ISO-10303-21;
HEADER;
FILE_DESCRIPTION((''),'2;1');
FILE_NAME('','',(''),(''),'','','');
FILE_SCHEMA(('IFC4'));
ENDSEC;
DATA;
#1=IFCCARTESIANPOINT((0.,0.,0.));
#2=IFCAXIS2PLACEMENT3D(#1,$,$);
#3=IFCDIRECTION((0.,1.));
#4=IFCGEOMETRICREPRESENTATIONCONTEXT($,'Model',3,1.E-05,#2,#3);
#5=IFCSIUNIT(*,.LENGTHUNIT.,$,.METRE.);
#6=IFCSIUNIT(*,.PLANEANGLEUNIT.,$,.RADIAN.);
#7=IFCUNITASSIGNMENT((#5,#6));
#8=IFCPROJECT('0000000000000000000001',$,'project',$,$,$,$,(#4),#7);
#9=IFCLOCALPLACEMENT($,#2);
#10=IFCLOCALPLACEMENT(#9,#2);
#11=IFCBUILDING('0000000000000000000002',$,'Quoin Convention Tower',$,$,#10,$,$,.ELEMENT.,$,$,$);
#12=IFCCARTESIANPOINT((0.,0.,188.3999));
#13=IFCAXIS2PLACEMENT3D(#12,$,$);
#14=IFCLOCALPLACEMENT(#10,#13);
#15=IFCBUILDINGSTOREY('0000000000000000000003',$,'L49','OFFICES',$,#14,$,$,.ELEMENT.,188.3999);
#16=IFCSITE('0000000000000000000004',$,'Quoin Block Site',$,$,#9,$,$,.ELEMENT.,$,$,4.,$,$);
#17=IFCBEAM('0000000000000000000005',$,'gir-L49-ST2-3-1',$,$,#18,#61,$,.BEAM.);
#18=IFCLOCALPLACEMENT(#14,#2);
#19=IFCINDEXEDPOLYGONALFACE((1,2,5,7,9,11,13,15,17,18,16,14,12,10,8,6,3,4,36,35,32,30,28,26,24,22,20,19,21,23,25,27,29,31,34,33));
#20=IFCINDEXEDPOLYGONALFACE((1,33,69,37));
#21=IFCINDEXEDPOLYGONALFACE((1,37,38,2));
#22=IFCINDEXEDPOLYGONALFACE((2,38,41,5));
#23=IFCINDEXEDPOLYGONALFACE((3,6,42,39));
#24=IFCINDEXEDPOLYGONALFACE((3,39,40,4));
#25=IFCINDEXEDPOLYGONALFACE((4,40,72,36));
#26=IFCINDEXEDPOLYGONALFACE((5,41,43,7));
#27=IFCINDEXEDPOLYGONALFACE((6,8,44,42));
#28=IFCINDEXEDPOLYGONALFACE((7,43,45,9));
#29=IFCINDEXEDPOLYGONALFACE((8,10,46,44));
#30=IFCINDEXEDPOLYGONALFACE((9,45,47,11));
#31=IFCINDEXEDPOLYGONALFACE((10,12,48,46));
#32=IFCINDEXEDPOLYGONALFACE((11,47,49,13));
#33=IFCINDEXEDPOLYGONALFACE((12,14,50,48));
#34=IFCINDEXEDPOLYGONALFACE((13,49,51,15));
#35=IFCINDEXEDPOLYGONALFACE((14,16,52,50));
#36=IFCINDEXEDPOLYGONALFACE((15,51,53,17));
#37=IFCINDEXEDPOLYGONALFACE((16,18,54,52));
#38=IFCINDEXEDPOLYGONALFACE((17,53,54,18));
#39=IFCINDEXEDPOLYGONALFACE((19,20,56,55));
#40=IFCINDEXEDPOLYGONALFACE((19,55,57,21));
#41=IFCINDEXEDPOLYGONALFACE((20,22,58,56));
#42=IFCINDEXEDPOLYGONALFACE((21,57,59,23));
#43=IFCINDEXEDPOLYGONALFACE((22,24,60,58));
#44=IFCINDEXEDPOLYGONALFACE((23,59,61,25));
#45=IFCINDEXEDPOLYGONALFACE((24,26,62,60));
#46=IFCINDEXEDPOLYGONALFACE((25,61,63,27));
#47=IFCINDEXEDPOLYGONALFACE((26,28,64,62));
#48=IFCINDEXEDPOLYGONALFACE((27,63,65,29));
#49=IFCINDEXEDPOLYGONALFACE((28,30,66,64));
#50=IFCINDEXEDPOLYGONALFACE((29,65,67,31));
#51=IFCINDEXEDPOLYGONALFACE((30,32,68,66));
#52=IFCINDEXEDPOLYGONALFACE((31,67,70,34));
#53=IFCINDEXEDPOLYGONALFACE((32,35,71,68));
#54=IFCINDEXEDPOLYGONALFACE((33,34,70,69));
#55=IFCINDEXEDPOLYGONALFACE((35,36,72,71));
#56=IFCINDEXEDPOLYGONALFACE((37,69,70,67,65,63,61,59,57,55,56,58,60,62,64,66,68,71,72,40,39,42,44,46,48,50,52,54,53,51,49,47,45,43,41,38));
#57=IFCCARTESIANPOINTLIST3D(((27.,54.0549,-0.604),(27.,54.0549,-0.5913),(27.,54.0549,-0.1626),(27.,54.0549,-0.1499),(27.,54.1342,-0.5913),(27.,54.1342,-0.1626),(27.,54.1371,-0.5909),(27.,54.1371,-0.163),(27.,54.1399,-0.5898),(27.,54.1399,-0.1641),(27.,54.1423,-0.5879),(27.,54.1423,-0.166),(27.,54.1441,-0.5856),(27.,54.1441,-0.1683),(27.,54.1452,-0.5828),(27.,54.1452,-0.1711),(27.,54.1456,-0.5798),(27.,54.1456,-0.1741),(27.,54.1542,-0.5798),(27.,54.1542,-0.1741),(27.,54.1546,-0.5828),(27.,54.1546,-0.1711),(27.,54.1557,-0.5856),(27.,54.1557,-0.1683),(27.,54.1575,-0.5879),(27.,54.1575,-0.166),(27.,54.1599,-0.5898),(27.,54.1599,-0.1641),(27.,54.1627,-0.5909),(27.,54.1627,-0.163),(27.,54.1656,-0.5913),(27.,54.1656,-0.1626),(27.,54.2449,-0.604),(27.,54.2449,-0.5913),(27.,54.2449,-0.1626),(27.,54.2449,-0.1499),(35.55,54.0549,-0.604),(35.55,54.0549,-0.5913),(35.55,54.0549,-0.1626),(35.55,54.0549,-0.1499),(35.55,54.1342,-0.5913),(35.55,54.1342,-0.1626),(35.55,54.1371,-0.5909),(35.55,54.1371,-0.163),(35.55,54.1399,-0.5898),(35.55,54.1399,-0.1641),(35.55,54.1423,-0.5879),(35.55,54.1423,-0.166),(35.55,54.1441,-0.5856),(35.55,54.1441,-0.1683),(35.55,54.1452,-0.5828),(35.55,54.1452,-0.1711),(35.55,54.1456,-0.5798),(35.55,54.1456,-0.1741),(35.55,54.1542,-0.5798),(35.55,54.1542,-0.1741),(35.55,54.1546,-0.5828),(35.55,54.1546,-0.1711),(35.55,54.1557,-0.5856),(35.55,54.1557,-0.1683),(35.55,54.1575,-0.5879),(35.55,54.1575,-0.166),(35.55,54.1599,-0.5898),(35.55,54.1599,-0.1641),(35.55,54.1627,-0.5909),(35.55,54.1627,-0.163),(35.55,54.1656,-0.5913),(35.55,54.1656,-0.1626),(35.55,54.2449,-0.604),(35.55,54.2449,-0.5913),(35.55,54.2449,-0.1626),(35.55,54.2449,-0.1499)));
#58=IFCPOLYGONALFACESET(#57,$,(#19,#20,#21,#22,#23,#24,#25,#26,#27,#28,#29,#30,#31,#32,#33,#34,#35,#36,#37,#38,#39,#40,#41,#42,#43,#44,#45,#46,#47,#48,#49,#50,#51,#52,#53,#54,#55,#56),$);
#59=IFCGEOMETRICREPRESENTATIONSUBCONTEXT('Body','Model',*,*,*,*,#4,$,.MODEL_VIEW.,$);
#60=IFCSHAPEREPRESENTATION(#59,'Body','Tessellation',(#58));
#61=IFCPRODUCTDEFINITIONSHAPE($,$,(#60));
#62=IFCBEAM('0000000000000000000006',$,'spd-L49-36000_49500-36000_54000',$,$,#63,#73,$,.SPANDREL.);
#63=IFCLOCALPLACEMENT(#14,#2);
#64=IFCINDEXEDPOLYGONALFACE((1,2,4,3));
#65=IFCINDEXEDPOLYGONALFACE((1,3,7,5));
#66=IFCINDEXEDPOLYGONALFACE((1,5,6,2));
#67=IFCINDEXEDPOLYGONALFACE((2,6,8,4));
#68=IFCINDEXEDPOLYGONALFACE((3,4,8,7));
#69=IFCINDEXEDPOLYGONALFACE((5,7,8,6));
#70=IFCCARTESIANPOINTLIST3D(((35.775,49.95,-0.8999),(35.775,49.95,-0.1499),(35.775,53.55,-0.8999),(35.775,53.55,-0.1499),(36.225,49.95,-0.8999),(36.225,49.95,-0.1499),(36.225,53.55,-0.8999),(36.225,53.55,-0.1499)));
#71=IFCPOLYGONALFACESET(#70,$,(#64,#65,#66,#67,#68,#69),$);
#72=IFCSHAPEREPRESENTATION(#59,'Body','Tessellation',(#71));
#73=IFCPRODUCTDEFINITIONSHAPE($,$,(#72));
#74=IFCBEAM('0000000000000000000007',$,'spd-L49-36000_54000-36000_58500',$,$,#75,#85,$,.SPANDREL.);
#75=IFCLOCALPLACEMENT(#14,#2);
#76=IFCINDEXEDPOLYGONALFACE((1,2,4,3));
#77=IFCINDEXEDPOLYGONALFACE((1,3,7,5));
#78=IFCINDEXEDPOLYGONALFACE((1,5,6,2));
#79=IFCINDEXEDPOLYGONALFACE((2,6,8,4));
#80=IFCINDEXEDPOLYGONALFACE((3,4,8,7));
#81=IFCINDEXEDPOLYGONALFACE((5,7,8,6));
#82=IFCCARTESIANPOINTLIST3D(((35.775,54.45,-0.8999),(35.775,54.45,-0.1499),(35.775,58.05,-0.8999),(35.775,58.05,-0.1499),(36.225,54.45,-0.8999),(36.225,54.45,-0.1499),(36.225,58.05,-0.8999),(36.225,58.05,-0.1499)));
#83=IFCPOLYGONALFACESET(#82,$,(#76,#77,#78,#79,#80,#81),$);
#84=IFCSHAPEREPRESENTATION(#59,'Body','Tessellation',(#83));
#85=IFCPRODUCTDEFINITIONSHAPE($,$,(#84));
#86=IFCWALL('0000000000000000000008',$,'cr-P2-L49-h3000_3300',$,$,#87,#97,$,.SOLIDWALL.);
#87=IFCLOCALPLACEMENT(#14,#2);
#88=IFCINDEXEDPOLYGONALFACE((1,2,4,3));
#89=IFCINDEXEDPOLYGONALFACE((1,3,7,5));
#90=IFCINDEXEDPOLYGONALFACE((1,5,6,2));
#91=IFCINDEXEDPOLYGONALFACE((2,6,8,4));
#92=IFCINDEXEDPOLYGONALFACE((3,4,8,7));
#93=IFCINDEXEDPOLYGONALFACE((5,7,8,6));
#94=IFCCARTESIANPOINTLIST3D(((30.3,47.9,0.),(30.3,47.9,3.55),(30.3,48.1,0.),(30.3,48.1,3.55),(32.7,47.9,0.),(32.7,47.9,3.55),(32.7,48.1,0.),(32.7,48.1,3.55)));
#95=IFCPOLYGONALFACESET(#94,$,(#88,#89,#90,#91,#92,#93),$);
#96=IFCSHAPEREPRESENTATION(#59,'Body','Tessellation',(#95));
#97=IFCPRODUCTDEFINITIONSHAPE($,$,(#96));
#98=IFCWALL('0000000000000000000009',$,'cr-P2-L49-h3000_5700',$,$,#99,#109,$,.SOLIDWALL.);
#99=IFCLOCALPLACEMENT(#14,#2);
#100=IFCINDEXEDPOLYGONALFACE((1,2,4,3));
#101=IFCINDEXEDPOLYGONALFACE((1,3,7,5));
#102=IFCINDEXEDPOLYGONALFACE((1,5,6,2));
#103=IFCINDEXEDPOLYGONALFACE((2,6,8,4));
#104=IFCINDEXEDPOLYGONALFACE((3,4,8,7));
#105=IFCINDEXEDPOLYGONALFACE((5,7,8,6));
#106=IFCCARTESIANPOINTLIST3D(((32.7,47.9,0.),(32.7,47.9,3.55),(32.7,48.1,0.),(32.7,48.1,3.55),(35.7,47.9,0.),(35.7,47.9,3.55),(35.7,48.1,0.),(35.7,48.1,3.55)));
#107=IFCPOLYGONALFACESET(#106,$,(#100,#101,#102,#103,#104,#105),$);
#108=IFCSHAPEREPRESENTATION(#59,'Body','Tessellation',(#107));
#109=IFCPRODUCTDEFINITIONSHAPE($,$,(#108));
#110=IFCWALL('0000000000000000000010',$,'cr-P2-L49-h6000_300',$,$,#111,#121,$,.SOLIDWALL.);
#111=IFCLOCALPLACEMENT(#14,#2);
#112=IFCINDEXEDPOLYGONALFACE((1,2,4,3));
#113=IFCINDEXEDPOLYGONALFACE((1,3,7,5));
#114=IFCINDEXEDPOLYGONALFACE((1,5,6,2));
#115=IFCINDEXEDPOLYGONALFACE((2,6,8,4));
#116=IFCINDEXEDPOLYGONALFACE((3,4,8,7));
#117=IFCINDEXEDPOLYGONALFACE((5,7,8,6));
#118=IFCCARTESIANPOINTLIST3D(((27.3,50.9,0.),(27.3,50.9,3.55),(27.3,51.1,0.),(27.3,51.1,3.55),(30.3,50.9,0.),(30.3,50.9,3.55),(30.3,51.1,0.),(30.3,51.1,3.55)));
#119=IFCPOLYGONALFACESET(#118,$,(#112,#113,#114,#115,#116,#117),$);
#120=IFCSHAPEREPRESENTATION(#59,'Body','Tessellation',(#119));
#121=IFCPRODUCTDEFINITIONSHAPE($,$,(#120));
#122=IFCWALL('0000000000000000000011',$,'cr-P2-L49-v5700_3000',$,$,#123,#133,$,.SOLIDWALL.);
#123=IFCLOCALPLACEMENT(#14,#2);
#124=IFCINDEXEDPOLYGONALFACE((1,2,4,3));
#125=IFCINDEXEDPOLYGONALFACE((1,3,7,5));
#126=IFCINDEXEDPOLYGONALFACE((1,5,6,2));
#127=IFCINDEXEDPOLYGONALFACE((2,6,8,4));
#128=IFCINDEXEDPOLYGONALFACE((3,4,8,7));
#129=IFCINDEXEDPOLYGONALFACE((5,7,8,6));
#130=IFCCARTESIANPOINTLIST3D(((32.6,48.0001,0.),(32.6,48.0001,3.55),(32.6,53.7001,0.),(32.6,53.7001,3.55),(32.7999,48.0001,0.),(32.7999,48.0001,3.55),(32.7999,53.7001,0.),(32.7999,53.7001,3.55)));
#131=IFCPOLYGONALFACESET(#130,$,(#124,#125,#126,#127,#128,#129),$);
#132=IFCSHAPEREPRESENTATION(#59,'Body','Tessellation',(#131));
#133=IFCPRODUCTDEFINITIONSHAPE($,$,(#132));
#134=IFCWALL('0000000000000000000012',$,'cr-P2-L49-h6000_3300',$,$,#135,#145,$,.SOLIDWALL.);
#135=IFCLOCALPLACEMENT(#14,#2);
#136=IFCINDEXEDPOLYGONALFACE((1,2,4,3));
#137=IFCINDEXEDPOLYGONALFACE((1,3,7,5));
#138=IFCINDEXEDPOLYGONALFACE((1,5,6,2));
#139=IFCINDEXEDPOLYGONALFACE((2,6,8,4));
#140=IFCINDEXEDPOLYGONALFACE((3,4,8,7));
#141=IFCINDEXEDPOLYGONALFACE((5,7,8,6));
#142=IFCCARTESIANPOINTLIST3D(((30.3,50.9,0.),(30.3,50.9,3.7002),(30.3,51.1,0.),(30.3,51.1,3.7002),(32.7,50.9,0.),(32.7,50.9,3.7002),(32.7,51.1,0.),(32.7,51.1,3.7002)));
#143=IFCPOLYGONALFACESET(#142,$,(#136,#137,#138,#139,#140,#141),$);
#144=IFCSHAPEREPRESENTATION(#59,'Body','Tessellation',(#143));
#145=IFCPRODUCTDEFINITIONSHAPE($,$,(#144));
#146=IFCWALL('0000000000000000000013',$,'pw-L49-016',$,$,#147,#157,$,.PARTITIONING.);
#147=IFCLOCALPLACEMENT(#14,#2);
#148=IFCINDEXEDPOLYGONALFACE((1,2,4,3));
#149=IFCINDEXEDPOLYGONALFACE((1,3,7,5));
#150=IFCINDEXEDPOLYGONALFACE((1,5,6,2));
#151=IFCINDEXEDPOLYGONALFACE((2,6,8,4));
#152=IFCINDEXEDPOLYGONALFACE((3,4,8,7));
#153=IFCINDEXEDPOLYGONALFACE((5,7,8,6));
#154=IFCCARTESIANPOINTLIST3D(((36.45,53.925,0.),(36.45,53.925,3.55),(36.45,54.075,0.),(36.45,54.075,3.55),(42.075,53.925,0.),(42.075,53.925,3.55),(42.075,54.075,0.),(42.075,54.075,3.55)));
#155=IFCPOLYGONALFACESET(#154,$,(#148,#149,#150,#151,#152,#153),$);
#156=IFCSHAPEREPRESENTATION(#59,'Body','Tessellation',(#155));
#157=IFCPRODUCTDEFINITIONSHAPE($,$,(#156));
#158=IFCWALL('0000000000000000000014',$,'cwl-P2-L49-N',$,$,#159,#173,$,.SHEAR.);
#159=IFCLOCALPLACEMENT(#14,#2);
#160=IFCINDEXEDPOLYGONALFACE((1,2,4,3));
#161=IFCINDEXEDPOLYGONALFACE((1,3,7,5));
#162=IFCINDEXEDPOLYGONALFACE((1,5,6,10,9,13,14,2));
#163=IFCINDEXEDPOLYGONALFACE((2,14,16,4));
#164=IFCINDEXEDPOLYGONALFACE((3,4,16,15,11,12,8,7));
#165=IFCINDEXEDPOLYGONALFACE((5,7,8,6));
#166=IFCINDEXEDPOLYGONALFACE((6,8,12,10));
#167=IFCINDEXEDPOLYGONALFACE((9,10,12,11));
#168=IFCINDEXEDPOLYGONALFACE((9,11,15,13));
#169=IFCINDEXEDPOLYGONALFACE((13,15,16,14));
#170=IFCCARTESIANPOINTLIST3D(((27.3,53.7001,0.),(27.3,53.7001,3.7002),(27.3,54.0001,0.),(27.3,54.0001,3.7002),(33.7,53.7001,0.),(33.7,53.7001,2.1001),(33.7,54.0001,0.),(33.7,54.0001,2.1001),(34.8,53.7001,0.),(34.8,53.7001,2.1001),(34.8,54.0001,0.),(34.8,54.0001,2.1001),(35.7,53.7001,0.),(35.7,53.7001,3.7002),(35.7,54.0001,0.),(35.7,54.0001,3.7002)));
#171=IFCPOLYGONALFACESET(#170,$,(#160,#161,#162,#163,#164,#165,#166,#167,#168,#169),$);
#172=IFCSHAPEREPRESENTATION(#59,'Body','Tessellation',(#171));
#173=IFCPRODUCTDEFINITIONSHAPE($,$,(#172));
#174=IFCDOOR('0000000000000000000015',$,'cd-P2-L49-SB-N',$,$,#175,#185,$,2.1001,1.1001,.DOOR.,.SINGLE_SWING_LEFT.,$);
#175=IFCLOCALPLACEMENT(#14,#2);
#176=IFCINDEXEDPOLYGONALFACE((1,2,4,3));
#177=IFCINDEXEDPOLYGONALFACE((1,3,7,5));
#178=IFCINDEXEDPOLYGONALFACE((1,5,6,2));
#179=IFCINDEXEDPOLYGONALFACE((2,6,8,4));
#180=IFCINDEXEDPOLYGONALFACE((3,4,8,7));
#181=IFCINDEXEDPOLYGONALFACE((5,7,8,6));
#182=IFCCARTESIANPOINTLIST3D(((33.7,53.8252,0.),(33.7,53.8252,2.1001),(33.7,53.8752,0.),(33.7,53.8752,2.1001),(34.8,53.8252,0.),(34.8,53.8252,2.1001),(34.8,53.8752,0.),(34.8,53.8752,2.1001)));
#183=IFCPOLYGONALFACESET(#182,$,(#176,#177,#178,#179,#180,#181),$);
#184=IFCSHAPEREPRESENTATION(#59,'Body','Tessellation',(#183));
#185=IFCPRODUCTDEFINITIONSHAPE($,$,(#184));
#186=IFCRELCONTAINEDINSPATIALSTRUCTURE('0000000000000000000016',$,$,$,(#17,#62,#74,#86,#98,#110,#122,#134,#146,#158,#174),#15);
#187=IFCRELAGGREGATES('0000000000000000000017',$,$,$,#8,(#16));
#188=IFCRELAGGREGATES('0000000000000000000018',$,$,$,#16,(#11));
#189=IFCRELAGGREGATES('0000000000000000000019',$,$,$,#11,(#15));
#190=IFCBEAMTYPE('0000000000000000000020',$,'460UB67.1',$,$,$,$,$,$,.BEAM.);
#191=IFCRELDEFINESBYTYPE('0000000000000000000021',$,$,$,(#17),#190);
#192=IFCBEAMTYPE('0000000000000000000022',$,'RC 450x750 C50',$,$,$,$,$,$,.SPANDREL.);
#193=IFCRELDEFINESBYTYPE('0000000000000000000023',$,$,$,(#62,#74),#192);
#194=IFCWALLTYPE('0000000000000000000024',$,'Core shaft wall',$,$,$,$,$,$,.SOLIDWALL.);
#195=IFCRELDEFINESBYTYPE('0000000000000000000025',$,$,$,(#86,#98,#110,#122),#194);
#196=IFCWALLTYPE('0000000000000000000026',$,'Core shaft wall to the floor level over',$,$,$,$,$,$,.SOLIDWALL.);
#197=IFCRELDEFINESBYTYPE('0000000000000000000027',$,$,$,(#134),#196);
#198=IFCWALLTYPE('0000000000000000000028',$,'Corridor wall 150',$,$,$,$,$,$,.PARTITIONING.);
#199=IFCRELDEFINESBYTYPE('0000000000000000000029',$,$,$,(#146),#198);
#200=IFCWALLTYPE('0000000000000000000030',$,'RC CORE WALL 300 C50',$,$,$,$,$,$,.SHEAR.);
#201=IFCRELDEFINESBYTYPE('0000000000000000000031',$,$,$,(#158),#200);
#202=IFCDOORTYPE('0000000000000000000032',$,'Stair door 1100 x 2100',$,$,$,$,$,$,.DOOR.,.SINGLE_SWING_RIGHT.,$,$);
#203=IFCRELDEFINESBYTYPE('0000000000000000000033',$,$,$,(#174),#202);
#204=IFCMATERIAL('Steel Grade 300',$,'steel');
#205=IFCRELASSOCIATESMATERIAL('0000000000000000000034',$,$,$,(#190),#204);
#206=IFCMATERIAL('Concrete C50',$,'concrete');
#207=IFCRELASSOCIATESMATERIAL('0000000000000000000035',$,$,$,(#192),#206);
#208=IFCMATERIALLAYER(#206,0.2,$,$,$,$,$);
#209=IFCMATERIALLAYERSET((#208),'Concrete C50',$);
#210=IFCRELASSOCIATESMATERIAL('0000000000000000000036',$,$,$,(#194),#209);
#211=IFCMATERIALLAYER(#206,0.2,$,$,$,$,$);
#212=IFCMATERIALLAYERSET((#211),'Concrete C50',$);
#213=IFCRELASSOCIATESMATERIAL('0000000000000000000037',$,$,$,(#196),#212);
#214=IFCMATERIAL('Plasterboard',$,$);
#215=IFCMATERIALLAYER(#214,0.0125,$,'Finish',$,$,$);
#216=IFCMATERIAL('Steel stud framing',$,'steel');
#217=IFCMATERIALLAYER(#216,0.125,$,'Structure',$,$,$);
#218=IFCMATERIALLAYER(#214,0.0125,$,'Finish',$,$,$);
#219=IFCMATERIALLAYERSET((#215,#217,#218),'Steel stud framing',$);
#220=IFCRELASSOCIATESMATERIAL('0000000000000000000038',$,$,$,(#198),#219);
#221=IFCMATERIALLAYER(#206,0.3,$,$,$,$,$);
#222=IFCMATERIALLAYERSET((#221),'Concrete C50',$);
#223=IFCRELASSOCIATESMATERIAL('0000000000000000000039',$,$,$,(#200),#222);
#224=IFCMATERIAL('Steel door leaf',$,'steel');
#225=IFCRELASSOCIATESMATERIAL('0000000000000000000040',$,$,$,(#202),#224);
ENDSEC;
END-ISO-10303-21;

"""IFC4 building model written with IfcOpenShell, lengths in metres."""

from ifc_helpers import new_model, si_unit, direction, frame, frame_2d, origin, origin_2d, place, context, subcontext, project, spatial, rectangle, i_section, extrude, material, layer, layer_set, material_profile, profile_set, type_object, element, fill, save


model = new_model("IFC4")

# Units and contexts
model_context = context("Model", 3, precision=1e-05, world=origin(), true_north=direction((0.0, 1.0)))
body_context = subcontext(model_context, "Body", "Model", "MODEL_VIEW")
ifc_project = project(units=[si_unit("LENGTHUNIT", "METRE"), si_unit("PLANEANGLEUNIT", "RADIAN")], contexts=[model_context])

# Site, building, storey
site_placement = place(None, origin())
site = spatial("IfcSite", under=ifc_project, at=site_placement, Name="Quoin Block Site", CompositionType="ELEMENT", RefElevation=4.0)
building_placement = place(site_placement, origin())
building = spatial("IfcBuilding", under=site, at=building_placement, Name="Quoin Convention Tower", CompositionType="ELEMENT")
storey_placement = place(building_placement, frame((0.0, 0.0, 188.3999)))
storey = spatial("IfcBuildingStorey", under=building, at=storey_placement, Name="L49", Description="OFFICES", CompositionType="ELEMENT", Elevation=188.3999)

# Shared definitions
ifc_material_1 = material(Name="Concrete C50", Category="concrete")

# Beams
ifc_material_2 = material(Name="Steel Grade 300", Category="steel")
ifc_material_profile_1 = material_profile(ifc_material_2, i_section(OverallWidth=0.1899, OverallDepth=0.4541, WebThickness=0.0085, FlangeThickness=0.0127, FilletRadius=0.0115, at=origin_2d()), Name="460UB67.1")
ifc_profile_set_1 = profile_set([ifc_material_profile_1], Name="Steel Grade 300")
beam_type_1 = type_object("IfcBeamType", Name="460UB67.1", PredefinedType="BEAM", material=ifc_profile_set_1)
beam_1_placement = place(storey_placement, frame((27.0, 54.1499, -0.377), z_axis=(1.0, 0.0, 0.0), x_axis=(0.0, 1.0, 0.0)))
element("IfcBeam", 1, at=beam_1_placement, inside=storey, type_object=beam_type_1, Name="gir-L49-ST2-3-1", PredefinedType="BEAM", context=body_context, shape_type="SweptSolid", body=[
    extrude(i_section(OverallWidth=0.1899, OverallDepth=0.4541, WebThickness=0.0085, FlangeThickness=0.0127, FilletRadius=0.0115, at=origin_2d()), origin(), (0.0, 0.0, 1.0), 8.55),
])
ifc_material_profile_2 = material_profile(ifc_material_1, rectangle(XDim=0.45, YDim=0.75, at=origin_2d()), Name="RC 450x750")
ifc_profile_set_2 = profile_set([ifc_material_profile_2], Name="Concrete C50")
beam_type_2 = type_object("IfcBeamType", Name="RC 450x750 C50", PredefinedType="SPANDREL", material=ifc_profile_set_2)
for number, where, z_axis, x_axis, name in (
    (2, (36.0, 49.95, -0.5249), (0.0, 1.0, 0.0), (-1.0, 0.0, 0.0), "spd-L49-36000_49500-36000_54000"),
    (3, (36.0, 54.45, -0.5249), (0.0, 1.0, 0.0), (-1.0, 0.0, 0.0), "spd-L49-36000_54000-36000_58500"),
):
    element("IfcBeam", number, at=place(storey_placement, frame(where, z_axis=z_axis, x_axis=x_axis)), inside=storey, type_object=beam_type_2, Name=name, PredefinedType="SPANDREL", context=body_context, shape_type="SweptSolid", body=[
        extrude(rectangle(XDim=0.45, YDim=0.75, at=origin_2d()), origin(), (0.0, 0.0, 1.0), 3.6001),
    ])

# Walls
ifc_layer_1 = layer(ifc_material_1, 0.2)
ifc_layer_set_1 = layer_set([ifc_layer_1], Name="Concrete C50")
wall_type_1 = type_object("IfcWallType", Name="Core shaft wall", PredefinedType="SOLIDWALL", material=ifc_layer_set_1)
wall_1_placement = place(storey_placement, frame((30.3, 48.0, 0.0), z_axis=(0.0, 0.0, 1.0), x_axis=(1.0, 0.0, 0.0)))
element("IfcWall", 4, at=wall_1_placement, inside=storey, type_object=wall_type_1, Name="cr-P2-L49-h3000_3300", PredefinedType="SOLIDWALL", context=body_context, shape_type="SweptSolid", body=[
    extrude(rectangle(XDim=2.3999, YDim=0.2, at=frame_2d((1.2, 0.0))), origin(), (0.0, 0.0, 1.0), 3.55),
])
for number, where, z_axis, x_axis, name in (
    (5, (32.7, 48.0, 0.0), (0.0, 0.0, 1.0), (1.0, 0.0, 0.0), "cr-P2-L49-h3000_5700"),
    (6, (27.3, 51.0, 0.0), (0.0, 0.0, 1.0), (1.0, 0.0, 0.0), "cr-P2-L49-h6000_300"),
):
    element("IfcWall", number, at=place(storey_placement, frame(where, z_axis=z_axis, x_axis=x_axis)), inside=storey, type_object=wall_type_1, Name=name, PredefinedType="SOLIDWALL", context=body_context, shape_type="SweptSolid", body=[
        extrude(rectangle(XDim=3.0, YDim=0.2, at=frame_2d((1.5, 0.0))), origin(), (0.0, 0.0, 1.0), 3.55),
    ])
wall_2_placement = place(storey_placement, frame((32.7, 48.0, 0.0), z_axis=(0.0, 0.0, 1.0), x_axis=(0.0, 1.0, 0.0)))
element("IfcWall", 7, at=wall_2_placement, inside=storey, type_object=wall_type_1, Name="cr-P2-L49-v5700_3000", PredefinedType="SOLIDWALL", context=body_context, shape_type="SweptSolid", body=[
    extrude(rectangle(XDim=5.7, YDim=0.2, at=frame_2d((2.8501, 0.0))), origin(), (0.0, 0.0, 1.0), 3.55),
])
ifc_layer_2 = layer(ifc_material_1, 0.2)
ifc_layer_set_2 = layer_set([ifc_layer_2], Name="Concrete C50")
wall_type_2 = type_object("IfcWallType", Name="Core shaft wall to the floor level over", PredefinedType="SOLIDWALL", material=ifc_layer_set_2)
wall_3_placement = place(storey_placement, frame((30.3, 51.0, 0.0), z_axis=(0.0, 0.0, 1.0), x_axis=(1.0, 0.0, 0.0)))
element("IfcWall", 8, at=wall_3_placement, inside=storey, type_object=wall_type_2, Name="cr-P2-L49-h6000_3300", PredefinedType="SOLIDWALL", context=body_context, shape_type="SweptSolid", body=[
    extrude(rectangle(XDim=2.3999, YDim=0.2, at=frame_2d((1.2, 0.0))), origin(), (0.0, 0.0, 1.0), 3.7002),
])
ifc_material_3 = material(Name="Plasterboard")
ifc_layer_3 = layer(ifc_material_3, 0.0125, Name="Finish")
ifc_material_4 = material(Name="Steel stud framing", Category="steel")
ifc_layer_4 = layer(ifc_material_4, 0.125, Name="Structure")
ifc_layer_5 = layer(ifc_material_3, 0.0125, Name="Finish")
ifc_layer_set_3 = layer_set([ifc_layer_3, ifc_layer_4, ifc_layer_5], Name="Steel stud framing")
wall_type_3 = type_object("IfcWallType", Name="Corridor wall 150", PredefinedType="PARTITIONING", material=ifc_layer_set_3)
wall_4_placement = place(storey_placement, frame((36.45, 54.0, 0.0), z_axis=(0.0, 0.0, 1.0), x_axis=(1.0, 0.0, 0.0)))
element("IfcWall", 9, at=wall_4_placement, inside=storey, type_object=wall_type_3, Name="pw-L49-016", PredefinedType="PARTITIONING", context=body_context, shape_type="SweptSolid", body=[
    extrude(rectangle(XDim=5.625, YDim=0.1499, at=frame_2d((2.8125, 0.0))), origin(), (0.0, 0.0, 1.0), 3.55),
])

# Wall, opening, door
ifc_layer_6 = layer(ifc_material_1, 0.3)
ifc_layer_set_4 = layer_set([ifc_layer_6], Name="Concrete C50")
wall_type_4 = type_object("IfcWallType", Name="RC CORE WALL 300 C50", PredefinedType="SHEAR", material=ifc_layer_set_4)
wall_5_placement = place(storey_placement, frame((27.3, 53.8501, 0.0), z_axis=(0.0, 0.0, 1.0), x_axis=(1.0, 0.0, 0.0)))
wall_5 = element("IfcWall", 10, at=wall_5_placement, inside=storey, type_object=wall_type_4, Name="cwl-P2-L49-N", PredefinedType="SHEAR", context=body_context, shape_type="SweptSolid", body=[
    extrude(rectangle(XDim=8.3999, YDim=0.3, at=frame_2d((4.2, 0.0))), origin(), (0.0, 0.0, 1.0), 3.7002),
])
opening_1_placement = place(wall_5_placement, frame((6.3999, 0.0, 0.0)))
opening_1 = element("IfcOpeningElement", 11, at=opening_1_placement, cuts=wall_5, PredefinedType="OPENING", context=body_context, shape_type="SweptSolid", body=[
    extrude(rectangle(XDim=1.1001, YDim=2.1001, at=frame_2d((0.55, 1.05))), frame((0.0, 0.1599, 0.0), z_axis=(0.0, -1.0, 0.0), x_axis=(1.0, 0.0, 0.0)), (0.0, 0.0, 1.0), 0.3201),
])
ifc_material_5 = material(Name="Steel door leaf", Category="steel")
door_type_1 = type_object("IfcDoorType", Name="Stair door 1100 x 2100", OperationType="SINGLE_SWING_RIGHT", PredefinedType="DOOR", material=ifc_material_5)
door_1_placement = place(opening_1_placement, frame((1.1001, 0.0, 0.0), z_axis=(0.0, 0.0, 1.0), x_axis=(-1.0, 0.0, 0.0)))
door_1 = element("IfcDoor", 12, at=door_1_placement, inside=storey, type_object=door_type_1, Name="cd-P2-L49-SB-N", OperationType="SINGLE_SWING_LEFT", OverallHeight=2.1001, OverallWidth=1.1001, PredefinedType="DOOR", context=body_context, shape_type="SweptSolid", body=[
    extrude(rectangle(XDim=1.1001, YDim=2.1001, at=frame_2d((0.55, 1.05))), frame((0.0, 0.0249, 0.0), z_axis=(0.0, -1.0, 0.0), x_axis=(1.0, 0.0, 0.0)), (0.0, 0.0, 1.0), 0.05),
])
fill(opening_1, door_1)

save(model, "model.ifc")
